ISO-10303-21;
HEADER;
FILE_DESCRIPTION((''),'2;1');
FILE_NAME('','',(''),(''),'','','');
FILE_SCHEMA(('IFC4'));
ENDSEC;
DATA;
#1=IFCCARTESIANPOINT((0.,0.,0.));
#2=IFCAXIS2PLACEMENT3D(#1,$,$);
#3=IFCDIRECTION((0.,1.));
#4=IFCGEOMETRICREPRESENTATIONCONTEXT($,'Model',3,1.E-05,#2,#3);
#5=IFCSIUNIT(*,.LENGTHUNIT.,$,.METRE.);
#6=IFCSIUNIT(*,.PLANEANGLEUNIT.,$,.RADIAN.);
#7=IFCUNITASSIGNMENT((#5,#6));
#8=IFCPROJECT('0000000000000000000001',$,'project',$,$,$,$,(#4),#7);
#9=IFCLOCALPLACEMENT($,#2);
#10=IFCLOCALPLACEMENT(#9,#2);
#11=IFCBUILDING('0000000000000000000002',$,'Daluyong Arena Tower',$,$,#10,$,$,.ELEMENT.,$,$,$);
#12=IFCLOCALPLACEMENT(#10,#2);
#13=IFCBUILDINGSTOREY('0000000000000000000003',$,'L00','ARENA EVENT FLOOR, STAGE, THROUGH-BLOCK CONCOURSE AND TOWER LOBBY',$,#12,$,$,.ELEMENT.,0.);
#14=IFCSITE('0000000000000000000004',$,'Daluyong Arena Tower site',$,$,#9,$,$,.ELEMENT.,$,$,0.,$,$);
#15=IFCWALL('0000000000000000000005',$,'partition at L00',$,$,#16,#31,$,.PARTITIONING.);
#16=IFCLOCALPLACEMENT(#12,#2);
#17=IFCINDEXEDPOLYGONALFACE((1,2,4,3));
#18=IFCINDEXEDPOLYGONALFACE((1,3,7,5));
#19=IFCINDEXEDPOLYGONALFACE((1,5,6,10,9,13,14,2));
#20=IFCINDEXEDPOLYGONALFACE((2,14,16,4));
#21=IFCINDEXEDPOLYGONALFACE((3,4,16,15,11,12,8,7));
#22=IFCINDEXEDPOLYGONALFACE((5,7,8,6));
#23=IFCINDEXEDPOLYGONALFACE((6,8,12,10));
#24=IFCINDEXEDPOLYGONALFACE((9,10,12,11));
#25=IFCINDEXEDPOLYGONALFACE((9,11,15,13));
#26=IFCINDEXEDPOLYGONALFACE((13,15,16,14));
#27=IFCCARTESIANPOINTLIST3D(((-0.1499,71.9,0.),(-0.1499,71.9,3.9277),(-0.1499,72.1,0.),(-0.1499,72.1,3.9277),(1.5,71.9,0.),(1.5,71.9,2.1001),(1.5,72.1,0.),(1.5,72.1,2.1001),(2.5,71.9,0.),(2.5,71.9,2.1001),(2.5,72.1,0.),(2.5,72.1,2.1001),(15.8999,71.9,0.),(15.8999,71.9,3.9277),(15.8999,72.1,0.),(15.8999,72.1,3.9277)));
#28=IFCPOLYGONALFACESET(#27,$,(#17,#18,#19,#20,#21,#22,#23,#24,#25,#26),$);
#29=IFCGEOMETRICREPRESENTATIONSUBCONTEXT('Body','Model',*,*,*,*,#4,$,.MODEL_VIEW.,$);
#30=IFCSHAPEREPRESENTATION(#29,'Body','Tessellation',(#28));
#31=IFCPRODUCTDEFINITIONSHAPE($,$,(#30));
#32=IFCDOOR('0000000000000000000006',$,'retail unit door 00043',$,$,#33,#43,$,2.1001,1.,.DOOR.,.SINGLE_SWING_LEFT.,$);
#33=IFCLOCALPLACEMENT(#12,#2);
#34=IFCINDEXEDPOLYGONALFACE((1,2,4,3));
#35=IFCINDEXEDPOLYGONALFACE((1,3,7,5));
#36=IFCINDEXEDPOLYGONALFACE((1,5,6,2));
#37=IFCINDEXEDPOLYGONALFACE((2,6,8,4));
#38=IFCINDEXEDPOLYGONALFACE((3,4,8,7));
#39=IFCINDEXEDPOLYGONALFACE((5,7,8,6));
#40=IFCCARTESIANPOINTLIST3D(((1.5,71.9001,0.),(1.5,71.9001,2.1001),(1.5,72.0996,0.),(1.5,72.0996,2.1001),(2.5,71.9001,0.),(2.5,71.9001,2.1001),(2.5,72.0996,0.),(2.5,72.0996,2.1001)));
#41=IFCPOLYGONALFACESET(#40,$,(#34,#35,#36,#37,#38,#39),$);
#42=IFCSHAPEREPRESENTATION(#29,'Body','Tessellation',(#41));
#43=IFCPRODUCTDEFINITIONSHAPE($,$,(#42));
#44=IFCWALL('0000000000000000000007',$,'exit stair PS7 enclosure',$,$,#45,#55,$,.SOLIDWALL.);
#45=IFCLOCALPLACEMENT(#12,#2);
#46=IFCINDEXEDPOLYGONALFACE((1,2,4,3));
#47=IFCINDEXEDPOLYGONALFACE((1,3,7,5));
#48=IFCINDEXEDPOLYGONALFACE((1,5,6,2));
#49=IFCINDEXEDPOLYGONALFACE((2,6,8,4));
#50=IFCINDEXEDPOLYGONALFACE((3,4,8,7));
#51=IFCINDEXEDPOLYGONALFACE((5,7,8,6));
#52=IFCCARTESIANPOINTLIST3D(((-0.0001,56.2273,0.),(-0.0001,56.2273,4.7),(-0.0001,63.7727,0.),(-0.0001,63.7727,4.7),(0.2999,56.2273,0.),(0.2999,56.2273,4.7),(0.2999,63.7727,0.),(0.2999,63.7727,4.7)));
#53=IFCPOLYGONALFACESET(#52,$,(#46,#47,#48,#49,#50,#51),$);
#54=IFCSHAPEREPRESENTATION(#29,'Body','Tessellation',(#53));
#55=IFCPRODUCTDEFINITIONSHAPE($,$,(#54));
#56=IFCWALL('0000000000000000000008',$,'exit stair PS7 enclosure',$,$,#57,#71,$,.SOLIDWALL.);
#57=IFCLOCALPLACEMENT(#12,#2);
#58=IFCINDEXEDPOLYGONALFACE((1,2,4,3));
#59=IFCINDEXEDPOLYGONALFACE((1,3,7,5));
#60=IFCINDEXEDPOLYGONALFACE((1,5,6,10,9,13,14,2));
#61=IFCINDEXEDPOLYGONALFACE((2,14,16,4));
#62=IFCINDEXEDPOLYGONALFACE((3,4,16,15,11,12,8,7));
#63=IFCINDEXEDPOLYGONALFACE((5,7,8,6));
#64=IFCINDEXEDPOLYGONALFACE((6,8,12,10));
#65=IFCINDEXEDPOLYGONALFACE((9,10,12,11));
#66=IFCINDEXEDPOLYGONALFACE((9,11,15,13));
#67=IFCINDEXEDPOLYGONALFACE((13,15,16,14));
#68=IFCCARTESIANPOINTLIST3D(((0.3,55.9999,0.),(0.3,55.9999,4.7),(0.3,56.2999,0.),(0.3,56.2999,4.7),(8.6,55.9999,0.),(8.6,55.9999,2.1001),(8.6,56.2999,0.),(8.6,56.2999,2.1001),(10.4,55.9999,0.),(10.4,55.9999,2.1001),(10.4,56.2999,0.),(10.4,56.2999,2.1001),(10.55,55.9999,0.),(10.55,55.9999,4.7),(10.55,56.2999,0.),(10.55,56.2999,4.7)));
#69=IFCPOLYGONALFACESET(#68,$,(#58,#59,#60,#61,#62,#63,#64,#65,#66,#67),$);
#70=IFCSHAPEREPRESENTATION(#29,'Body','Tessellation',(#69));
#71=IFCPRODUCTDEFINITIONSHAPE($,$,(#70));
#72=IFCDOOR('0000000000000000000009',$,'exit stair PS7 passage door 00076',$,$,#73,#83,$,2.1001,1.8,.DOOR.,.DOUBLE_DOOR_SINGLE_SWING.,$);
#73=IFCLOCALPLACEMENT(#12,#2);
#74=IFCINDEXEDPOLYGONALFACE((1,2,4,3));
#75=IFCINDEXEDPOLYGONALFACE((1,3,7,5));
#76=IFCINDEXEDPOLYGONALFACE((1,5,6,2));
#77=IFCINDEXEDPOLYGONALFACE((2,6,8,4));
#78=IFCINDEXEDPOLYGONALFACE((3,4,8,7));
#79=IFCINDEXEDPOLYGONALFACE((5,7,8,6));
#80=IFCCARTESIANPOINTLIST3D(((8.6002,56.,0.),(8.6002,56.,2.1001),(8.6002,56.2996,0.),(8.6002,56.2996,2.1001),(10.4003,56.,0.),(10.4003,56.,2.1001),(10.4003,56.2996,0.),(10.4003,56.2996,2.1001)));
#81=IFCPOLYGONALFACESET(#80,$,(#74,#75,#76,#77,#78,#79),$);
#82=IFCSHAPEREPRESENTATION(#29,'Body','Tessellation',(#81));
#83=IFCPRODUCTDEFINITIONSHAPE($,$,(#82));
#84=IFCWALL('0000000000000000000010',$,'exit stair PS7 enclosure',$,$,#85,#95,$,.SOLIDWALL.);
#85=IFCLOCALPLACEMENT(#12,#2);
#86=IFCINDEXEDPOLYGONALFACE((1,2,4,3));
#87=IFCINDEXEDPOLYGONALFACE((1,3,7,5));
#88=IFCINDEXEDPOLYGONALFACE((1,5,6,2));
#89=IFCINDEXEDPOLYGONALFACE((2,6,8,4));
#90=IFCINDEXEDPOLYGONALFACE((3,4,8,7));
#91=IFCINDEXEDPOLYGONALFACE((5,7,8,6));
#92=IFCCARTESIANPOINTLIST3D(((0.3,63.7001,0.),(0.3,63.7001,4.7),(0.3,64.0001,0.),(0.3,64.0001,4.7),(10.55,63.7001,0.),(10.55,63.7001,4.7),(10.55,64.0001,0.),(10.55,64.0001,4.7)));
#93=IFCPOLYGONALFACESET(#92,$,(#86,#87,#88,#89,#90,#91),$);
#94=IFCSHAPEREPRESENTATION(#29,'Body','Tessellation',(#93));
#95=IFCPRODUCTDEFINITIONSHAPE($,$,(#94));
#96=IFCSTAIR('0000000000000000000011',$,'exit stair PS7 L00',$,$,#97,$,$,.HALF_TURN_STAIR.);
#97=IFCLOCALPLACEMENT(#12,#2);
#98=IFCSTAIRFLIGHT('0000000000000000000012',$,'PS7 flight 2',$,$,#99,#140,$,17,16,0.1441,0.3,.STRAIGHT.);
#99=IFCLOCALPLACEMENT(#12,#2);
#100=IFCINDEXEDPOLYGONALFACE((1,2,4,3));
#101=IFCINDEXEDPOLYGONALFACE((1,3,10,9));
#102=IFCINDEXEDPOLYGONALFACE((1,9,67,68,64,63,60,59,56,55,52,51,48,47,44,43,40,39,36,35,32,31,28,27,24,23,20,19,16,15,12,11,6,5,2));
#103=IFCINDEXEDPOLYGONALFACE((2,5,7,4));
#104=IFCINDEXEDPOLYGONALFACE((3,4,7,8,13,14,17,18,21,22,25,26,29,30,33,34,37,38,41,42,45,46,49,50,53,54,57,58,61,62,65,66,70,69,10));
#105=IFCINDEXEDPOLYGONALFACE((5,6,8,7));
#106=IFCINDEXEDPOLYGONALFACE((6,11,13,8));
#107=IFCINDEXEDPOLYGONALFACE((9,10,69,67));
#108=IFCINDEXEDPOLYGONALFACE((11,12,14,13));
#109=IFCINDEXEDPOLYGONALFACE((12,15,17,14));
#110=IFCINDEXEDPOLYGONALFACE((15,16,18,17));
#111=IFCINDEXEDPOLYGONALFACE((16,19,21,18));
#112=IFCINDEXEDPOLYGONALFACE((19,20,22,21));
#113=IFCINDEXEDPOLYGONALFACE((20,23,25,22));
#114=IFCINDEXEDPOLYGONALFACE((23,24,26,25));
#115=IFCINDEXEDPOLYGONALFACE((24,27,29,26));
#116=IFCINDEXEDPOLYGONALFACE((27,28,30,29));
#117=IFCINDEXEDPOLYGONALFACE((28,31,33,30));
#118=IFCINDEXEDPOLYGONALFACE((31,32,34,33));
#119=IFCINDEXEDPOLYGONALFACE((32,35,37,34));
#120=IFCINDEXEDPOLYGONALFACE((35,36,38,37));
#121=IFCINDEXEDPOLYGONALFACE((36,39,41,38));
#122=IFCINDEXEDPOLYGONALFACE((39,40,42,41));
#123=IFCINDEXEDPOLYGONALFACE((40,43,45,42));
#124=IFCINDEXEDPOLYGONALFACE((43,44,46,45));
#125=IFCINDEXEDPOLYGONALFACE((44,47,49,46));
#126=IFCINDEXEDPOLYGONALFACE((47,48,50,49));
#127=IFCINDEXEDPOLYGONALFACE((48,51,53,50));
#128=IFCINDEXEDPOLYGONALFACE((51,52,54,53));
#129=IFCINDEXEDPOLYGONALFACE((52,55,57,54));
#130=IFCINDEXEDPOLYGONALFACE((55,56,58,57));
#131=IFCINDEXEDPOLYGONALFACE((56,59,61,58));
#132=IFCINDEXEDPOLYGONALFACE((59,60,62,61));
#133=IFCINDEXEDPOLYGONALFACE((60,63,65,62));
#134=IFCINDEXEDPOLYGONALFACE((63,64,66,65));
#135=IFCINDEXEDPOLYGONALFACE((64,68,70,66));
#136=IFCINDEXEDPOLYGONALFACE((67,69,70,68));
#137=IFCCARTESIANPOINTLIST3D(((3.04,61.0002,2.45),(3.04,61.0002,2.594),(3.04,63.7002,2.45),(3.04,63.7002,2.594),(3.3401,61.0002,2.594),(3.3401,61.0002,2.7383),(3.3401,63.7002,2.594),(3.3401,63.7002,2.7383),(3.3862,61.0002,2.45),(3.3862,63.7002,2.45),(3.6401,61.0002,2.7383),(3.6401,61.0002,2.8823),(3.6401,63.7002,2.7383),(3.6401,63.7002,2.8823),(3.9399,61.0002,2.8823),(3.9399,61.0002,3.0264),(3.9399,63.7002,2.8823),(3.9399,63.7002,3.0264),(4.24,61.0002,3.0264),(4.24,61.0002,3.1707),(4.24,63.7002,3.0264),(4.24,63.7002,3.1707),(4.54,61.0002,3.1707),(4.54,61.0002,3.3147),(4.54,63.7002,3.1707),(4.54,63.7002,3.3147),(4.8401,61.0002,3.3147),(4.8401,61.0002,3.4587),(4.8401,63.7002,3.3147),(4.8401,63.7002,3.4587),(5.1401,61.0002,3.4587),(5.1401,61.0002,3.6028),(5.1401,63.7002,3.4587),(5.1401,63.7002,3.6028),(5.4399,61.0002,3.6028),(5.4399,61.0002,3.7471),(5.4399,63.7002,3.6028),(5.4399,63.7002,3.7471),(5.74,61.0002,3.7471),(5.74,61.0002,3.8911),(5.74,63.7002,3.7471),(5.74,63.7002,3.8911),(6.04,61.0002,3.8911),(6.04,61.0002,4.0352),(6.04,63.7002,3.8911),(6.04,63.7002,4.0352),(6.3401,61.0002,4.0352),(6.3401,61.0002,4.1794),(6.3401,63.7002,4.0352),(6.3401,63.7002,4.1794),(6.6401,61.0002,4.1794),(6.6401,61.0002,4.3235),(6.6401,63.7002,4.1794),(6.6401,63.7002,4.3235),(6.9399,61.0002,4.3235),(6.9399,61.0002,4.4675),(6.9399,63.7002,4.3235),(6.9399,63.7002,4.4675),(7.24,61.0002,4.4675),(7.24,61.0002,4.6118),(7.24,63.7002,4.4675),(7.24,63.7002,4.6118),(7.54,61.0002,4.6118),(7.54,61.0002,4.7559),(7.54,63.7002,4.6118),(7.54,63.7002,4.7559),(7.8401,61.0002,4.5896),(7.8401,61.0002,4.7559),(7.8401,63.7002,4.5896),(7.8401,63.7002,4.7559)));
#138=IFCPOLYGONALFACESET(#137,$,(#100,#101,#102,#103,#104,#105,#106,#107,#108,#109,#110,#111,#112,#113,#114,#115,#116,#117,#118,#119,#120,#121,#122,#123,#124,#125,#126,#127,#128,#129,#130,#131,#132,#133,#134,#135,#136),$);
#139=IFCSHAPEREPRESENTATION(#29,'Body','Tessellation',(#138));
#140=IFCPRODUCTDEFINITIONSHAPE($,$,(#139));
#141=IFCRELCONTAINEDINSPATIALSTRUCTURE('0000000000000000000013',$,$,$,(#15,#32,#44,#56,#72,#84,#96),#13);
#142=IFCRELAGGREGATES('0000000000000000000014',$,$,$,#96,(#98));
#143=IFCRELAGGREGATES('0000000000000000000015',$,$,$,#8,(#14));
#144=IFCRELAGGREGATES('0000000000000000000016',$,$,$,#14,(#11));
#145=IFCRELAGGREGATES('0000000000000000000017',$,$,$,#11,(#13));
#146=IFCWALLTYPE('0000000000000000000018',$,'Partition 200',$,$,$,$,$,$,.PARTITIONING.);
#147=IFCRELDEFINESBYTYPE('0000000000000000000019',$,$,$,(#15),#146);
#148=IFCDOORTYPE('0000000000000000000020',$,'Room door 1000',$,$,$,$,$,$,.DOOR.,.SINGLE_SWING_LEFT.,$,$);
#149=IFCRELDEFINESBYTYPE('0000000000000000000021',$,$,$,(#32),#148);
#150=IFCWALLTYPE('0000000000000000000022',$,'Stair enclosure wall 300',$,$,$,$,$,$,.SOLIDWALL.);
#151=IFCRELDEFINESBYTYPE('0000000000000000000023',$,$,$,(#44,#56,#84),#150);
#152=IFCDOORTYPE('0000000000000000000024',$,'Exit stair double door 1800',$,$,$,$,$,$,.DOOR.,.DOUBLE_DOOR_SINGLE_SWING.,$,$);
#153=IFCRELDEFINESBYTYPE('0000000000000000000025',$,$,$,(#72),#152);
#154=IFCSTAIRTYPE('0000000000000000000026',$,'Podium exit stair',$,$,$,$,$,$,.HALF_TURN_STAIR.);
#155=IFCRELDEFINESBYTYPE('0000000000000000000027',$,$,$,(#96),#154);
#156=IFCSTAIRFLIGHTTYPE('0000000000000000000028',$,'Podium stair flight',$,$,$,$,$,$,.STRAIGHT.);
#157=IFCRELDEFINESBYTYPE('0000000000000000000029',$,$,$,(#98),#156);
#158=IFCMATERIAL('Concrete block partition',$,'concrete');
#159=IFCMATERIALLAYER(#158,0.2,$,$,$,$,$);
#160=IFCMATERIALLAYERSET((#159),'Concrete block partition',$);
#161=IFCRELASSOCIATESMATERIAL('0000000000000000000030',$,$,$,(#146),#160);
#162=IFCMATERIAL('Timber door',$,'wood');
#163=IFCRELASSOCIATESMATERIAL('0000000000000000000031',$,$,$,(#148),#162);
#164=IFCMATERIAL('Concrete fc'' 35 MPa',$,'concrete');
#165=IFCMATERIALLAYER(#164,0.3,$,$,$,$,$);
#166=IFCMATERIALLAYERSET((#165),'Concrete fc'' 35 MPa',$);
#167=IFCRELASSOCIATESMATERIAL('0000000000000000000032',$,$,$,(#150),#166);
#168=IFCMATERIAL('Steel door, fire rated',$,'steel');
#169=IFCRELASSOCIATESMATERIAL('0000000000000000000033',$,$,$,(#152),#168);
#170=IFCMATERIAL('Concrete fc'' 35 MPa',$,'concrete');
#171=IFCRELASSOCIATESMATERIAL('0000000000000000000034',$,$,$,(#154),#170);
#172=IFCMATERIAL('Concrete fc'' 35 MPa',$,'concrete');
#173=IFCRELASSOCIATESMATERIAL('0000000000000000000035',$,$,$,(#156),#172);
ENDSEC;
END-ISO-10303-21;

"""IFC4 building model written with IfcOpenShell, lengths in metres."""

from ifc_helpers import new_model, si_unit, direction, frame, frame_2d, origin, place, context, subcontext, project, spatial, polyline, rectangle, outline, extrude, material, layer, layer_set, type_object, element, fill, aggregate, save


model = new_model("IFC4")

# Units and contexts
model_context = context("Model", 3, precision=1e-05, world=origin(), true_north=direction((0.0, 1.0)))
body_context = subcontext(model_context, "Body", "Model", "MODEL_VIEW")
ifc_project = project(units=[si_unit("LENGTHUNIT", "METRE"), si_unit("PLANEANGLEUNIT", "RADIAN")], contexts=[model_context])

# Site, building, storey
site_placement = place(None, origin())
site = spatial("IfcSite", under=ifc_project, at=site_placement, Name="Daluyong Arena Tower site", CompositionType="ELEMENT", RefElevation=0.0)
building_placement = place(site_placement, origin())
building = spatial("IfcBuilding", under=site, at=building_placement, Name="Daluyong Arena Tower", CompositionType="ELEMENT")
storey_placement = place(building_placement, origin())
storey = spatial("IfcBuildingStorey", under=building, at=storey_placement, Name="L00", Description="ARENA EVENT FLOOR, STAGE, THROUGH-BLOCK CONCOURSE AND TOWER LOBBY", CompositionType="ELEMENT", Elevation=0.0)

# Wall, opening, door
ifc_material_1 = material(Name="Concrete block partition", Category="concrete")
ifc_layer_1 = layer(ifc_material_1, 0.2)
ifc_layer_set_1 = layer_set([ifc_layer_1], Name="Concrete block partition")
wall_type_1 = type_object("IfcWallType", Name="Partition 200", PredefinedType="PARTITIONING", material=ifc_layer_set_1)
wall_1_placement = place(storey_placement, frame((-0.1499, 72.0, 0.0), z_axis=(0.0, 0.0, 1.0), x_axis=(1.0, 0.0, 0.0)))
wall_1 = element("IfcWall", 1, at=wall_1_placement, inside=storey, type_object=wall_type_1, Name="partition at L00", PredefinedType="PARTITIONING", context=body_context, shape_type="SweptSolid", body=[
    extrude(rectangle(XDim=16.0498, YDim=0.2, at=frame_2d((8.0249, 0.0))), origin(), (0.0, 0.0, 1.0), 3.9277),
])
opening_1_placement = place(wall_1_placement, frame((1.6499, 0.0, 0.0)))
opening_1 = element("IfcOpeningElement", 2, at=opening_1_placement, cuts=wall_1, PredefinedType="OPENING", context=body_context, shape_type="SweptSolid", body=[
    extrude(rectangle(XDim=1.0, YDim=2.1001, at=frame_2d((0.5, 1.05))), frame((0.0, 0.1099, 0.0), z_axis=(0.0, -1.0, 0.0), x_axis=(1.0, 0.0, 0.0)), (0.0, 0.0, 1.0), 0.22),
])
ifc_material_2 = material(Name="Timber door", Category="wood")
door_type_1 = type_object("IfcDoorType", Name="Room door 1000", OperationType="SINGLE_SWING_LEFT", PredefinedType="DOOR", material=ifc_material_2)
door_1_placement = place(opening_1_placement, origin())
door_1 = element("IfcDoor", 3, at=door_1_placement, inside=storey, type_object=door_type_1, Name="retail unit door 00043", OperationType="SINGLE_SWING_LEFT", OverallHeight=2.1001, OverallWidth=1.0, PredefinedType="DOOR", context=body_context, shape_type="SweptSolid", body=[
    extrude(rectangle(XDim=1.0, YDim=2.1001, at=frame_2d((0.5, 1.05))), frame((0.0, 0.0996, 0.0), z_axis=(0.0, -1.0, 0.0), x_axis=(1.0, 0.0, 0.0)), (0.0, 0.0, 1.0), 0.1995),
])
fill(opening_1, door_1)

# Wall
ifc_material_3 = material(Name="Concrete fc' 35 MPa", Category="concrete")
ifc_layer_2 = layer(ifc_material_3, 0.3)
ifc_layer_set_2 = layer_set([ifc_layer_2], Name="Concrete fc' 35 MPa")
wall_type_2 = type_object("IfcWallType", Name="Stair enclosure wall 300", PredefinedType="SOLIDWALL", material=ifc_layer_set_2)
wall_2_placement = place(storey_placement, frame((0.1499, 56.2273, 0.0), z_axis=(0.0, 0.0, 1.0), x_axis=(0.0, 1.0, 0.0)))
element("IfcWall", 4, at=wall_2_placement, inside=storey, type_object=wall_type_2, Name="exit stair PS7 enclosure", PredefinedType="SOLIDWALL", context=body_context, shape_type="SweptSolid", body=[
    extrude(rectangle(XDim=7.5454, YDim=0.3, at=frame_2d((3.7727, 0.0))), origin(), (0.0, 0.0, 1.0), 4.7),
])

# Wall, opening, door
wall_3_placement = place(storey_placement, frame((0.3, 56.1499, 0.0), z_axis=(0.0, 0.0, 1.0), x_axis=(1.0, 0.0, 0.0)))
wall_3 = element("IfcWall", 5, at=wall_3_placement, inside=storey, type_object=wall_type_2, Name="exit stair PS7 enclosure", PredefinedType="SOLIDWALL", context=body_context, shape_type="SweptSolid", body=[
    extrude(rectangle(XDim=10.25, YDim=0.3, at=frame_2d((5.125, 0.0))), origin(), (0.0, 0.0, 1.0), 4.7),
])
opening_2_placement = place(wall_3_placement, frame((8.3, 0.0, 0.0)))
opening_2 = element("IfcOpeningElement", 6, at=opening_2_placement, cuts=wall_3, PredefinedType="OPENING", context=body_context, shape_type="SweptSolid", body=[
    extrude(rectangle(XDim=1.8, YDim=2.1001, at=frame_2d((0.8999, 1.05))), frame((0.0, 0.1599, 0.0), z_axis=(0.0, -1.0, 0.0), x_axis=(1.0, 0.0, 0.0)), (0.0, 0.0, 1.0), 0.3201),
])
ifc_material_4 = material(Name="Steel door, fire rated", Category="steel")
door_type_2 = type_object("IfcDoorType", Name="Exit stair double door 1800", OperationType="DOUBLE_DOOR_SINGLE_SWING", PredefinedType="DOOR", material=ifc_material_4)
door_2_placement = place(opening_2_placement, frame((1.8, 0.0, 0.0), z_axis=(0.0, 0.0, 1.0), x_axis=(-1.0, 0.0, 0.0)))
door_2 = element("IfcDoor", 7, at=door_2_placement, inside=storey, type_object=door_type_2, Name="exit stair PS7 passage door 00076", OperationType="DOUBLE_DOOR_SINGLE_SWING", OverallHeight=2.1001, OverallWidth=1.8, PredefinedType="DOOR", context=body_context, shape_type="SweptSolid", body=[
    extrude(rectangle(XDim=1.8, YDim=2.1001, at=frame_2d((0.8999, 1.05))), frame((0.0, 0.1499, 0.0), z_axis=(0.0, -1.0, 0.0), x_axis=(1.0, 0.0, 0.0)), (0.0, 0.0, 1.0), 0.2996),
])
fill(opening_2, door_2)

# Wall
wall_4_placement = place(storey_placement, frame((0.3, 63.8501, 0.0), z_axis=(0.0, 0.0, 1.0), x_axis=(1.0, 0.0, 0.0)))
element("IfcWall", 8, at=wall_4_placement, inside=storey, type_object=wall_type_2, Name="exit stair PS7 enclosure", PredefinedType="SOLIDWALL", context=body_context, shape_type="SweptSolid", body=[
    extrude(rectangle(XDim=10.25, YDim=0.3, at=frame_2d((5.125, 0.0))), origin(), (0.0, 0.0, 1.0), 4.7),
])

# Stair, stair flight
ifc_material_5 = material(Name="Concrete fc' 35 MPa", Category="concrete")
stair_type = type_object("IfcStairType", Name="Podium exit stair", PredefinedType="HALF_TURN_STAIR", material=ifc_material_5)
stair_placement = place(storey_placement, origin())
stair = element("IfcStair", 9, at=stair_placement, inside=storey, type_object=stair_type, Name="exit stair PS7 L00", PredefinedType="HALF_TURN_STAIR")
ifc_material_6 = material(Name="Concrete fc' 35 MPa", Category="concrete")
stair_flight_type = type_object("IfcStairFlightType", Name="Podium stair flight", PredefinedType="STRAIGHT", material=ifc_material_6)
stair_flight_placement = place(storey_placement, frame((3.04, 62.3501, 2.45), z_axis=(0.0, 0.0, 1.0), x_axis=(1.0, 0.0, 0.0)))
stair_flight = element("IfcStairFlight", 10, at=stair_flight_placement, type_object=stair_flight_type, Name="PS7 flight 2", NumberOfRisers=17, NumberOfTreads=16, PredefinedType="STRAIGHT", RiserHeight=0.1441, TreadLength=0.3, context=body_context, shape_type="SweptSolid", body=[
    extrude(outline(polyline([(0.0, 0.0), (0.0, 0.144), (0.3, 0.144), (0.3, 0.2883), (0.6001, 0.2883), (0.6001, 0.4324), (0.8999, 0.4324), (0.8999, 0.5764), (1.2, 0.5764), (1.2, 0.7207), (1.5, 0.7207), (1.5, 0.8647), (1.8, 0.8647), (1.8, 1.0088), (2.1001, 1.0088), (2.1001, 1.1528), (2.3999, 1.1528), (2.3999, 1.2971), (2.7, 1.2971), (2.7, 1.4412), (3.0, 1.4412), (3.0, 1.5852), (3.3, 1.5852), (3.3, 1.7295), (3.6001, 1.7295), (3.6001, 1.8735), (3.8999, 1.8735), (3.8999, 2.0176), (4.2, 2.0176), (4.2, 2.1619), (4.5, 2.1619), (4.5, 2.3059), (4.8, 2.3059), (4.8, 2.45), (4.8, 2.1396), (0.3462, 0.0), (0.0, 0.0)])), frame((0.0, 1.3501, 0.0), z_axis=(0.0, -1.0, 0.0), x_axis=(1.0, 0.0, 0.0)), (0.0, 0.0, 1.0), 2.7),
])
aggregate(stair, [stair_flight])

save(model, "model.ifc")
